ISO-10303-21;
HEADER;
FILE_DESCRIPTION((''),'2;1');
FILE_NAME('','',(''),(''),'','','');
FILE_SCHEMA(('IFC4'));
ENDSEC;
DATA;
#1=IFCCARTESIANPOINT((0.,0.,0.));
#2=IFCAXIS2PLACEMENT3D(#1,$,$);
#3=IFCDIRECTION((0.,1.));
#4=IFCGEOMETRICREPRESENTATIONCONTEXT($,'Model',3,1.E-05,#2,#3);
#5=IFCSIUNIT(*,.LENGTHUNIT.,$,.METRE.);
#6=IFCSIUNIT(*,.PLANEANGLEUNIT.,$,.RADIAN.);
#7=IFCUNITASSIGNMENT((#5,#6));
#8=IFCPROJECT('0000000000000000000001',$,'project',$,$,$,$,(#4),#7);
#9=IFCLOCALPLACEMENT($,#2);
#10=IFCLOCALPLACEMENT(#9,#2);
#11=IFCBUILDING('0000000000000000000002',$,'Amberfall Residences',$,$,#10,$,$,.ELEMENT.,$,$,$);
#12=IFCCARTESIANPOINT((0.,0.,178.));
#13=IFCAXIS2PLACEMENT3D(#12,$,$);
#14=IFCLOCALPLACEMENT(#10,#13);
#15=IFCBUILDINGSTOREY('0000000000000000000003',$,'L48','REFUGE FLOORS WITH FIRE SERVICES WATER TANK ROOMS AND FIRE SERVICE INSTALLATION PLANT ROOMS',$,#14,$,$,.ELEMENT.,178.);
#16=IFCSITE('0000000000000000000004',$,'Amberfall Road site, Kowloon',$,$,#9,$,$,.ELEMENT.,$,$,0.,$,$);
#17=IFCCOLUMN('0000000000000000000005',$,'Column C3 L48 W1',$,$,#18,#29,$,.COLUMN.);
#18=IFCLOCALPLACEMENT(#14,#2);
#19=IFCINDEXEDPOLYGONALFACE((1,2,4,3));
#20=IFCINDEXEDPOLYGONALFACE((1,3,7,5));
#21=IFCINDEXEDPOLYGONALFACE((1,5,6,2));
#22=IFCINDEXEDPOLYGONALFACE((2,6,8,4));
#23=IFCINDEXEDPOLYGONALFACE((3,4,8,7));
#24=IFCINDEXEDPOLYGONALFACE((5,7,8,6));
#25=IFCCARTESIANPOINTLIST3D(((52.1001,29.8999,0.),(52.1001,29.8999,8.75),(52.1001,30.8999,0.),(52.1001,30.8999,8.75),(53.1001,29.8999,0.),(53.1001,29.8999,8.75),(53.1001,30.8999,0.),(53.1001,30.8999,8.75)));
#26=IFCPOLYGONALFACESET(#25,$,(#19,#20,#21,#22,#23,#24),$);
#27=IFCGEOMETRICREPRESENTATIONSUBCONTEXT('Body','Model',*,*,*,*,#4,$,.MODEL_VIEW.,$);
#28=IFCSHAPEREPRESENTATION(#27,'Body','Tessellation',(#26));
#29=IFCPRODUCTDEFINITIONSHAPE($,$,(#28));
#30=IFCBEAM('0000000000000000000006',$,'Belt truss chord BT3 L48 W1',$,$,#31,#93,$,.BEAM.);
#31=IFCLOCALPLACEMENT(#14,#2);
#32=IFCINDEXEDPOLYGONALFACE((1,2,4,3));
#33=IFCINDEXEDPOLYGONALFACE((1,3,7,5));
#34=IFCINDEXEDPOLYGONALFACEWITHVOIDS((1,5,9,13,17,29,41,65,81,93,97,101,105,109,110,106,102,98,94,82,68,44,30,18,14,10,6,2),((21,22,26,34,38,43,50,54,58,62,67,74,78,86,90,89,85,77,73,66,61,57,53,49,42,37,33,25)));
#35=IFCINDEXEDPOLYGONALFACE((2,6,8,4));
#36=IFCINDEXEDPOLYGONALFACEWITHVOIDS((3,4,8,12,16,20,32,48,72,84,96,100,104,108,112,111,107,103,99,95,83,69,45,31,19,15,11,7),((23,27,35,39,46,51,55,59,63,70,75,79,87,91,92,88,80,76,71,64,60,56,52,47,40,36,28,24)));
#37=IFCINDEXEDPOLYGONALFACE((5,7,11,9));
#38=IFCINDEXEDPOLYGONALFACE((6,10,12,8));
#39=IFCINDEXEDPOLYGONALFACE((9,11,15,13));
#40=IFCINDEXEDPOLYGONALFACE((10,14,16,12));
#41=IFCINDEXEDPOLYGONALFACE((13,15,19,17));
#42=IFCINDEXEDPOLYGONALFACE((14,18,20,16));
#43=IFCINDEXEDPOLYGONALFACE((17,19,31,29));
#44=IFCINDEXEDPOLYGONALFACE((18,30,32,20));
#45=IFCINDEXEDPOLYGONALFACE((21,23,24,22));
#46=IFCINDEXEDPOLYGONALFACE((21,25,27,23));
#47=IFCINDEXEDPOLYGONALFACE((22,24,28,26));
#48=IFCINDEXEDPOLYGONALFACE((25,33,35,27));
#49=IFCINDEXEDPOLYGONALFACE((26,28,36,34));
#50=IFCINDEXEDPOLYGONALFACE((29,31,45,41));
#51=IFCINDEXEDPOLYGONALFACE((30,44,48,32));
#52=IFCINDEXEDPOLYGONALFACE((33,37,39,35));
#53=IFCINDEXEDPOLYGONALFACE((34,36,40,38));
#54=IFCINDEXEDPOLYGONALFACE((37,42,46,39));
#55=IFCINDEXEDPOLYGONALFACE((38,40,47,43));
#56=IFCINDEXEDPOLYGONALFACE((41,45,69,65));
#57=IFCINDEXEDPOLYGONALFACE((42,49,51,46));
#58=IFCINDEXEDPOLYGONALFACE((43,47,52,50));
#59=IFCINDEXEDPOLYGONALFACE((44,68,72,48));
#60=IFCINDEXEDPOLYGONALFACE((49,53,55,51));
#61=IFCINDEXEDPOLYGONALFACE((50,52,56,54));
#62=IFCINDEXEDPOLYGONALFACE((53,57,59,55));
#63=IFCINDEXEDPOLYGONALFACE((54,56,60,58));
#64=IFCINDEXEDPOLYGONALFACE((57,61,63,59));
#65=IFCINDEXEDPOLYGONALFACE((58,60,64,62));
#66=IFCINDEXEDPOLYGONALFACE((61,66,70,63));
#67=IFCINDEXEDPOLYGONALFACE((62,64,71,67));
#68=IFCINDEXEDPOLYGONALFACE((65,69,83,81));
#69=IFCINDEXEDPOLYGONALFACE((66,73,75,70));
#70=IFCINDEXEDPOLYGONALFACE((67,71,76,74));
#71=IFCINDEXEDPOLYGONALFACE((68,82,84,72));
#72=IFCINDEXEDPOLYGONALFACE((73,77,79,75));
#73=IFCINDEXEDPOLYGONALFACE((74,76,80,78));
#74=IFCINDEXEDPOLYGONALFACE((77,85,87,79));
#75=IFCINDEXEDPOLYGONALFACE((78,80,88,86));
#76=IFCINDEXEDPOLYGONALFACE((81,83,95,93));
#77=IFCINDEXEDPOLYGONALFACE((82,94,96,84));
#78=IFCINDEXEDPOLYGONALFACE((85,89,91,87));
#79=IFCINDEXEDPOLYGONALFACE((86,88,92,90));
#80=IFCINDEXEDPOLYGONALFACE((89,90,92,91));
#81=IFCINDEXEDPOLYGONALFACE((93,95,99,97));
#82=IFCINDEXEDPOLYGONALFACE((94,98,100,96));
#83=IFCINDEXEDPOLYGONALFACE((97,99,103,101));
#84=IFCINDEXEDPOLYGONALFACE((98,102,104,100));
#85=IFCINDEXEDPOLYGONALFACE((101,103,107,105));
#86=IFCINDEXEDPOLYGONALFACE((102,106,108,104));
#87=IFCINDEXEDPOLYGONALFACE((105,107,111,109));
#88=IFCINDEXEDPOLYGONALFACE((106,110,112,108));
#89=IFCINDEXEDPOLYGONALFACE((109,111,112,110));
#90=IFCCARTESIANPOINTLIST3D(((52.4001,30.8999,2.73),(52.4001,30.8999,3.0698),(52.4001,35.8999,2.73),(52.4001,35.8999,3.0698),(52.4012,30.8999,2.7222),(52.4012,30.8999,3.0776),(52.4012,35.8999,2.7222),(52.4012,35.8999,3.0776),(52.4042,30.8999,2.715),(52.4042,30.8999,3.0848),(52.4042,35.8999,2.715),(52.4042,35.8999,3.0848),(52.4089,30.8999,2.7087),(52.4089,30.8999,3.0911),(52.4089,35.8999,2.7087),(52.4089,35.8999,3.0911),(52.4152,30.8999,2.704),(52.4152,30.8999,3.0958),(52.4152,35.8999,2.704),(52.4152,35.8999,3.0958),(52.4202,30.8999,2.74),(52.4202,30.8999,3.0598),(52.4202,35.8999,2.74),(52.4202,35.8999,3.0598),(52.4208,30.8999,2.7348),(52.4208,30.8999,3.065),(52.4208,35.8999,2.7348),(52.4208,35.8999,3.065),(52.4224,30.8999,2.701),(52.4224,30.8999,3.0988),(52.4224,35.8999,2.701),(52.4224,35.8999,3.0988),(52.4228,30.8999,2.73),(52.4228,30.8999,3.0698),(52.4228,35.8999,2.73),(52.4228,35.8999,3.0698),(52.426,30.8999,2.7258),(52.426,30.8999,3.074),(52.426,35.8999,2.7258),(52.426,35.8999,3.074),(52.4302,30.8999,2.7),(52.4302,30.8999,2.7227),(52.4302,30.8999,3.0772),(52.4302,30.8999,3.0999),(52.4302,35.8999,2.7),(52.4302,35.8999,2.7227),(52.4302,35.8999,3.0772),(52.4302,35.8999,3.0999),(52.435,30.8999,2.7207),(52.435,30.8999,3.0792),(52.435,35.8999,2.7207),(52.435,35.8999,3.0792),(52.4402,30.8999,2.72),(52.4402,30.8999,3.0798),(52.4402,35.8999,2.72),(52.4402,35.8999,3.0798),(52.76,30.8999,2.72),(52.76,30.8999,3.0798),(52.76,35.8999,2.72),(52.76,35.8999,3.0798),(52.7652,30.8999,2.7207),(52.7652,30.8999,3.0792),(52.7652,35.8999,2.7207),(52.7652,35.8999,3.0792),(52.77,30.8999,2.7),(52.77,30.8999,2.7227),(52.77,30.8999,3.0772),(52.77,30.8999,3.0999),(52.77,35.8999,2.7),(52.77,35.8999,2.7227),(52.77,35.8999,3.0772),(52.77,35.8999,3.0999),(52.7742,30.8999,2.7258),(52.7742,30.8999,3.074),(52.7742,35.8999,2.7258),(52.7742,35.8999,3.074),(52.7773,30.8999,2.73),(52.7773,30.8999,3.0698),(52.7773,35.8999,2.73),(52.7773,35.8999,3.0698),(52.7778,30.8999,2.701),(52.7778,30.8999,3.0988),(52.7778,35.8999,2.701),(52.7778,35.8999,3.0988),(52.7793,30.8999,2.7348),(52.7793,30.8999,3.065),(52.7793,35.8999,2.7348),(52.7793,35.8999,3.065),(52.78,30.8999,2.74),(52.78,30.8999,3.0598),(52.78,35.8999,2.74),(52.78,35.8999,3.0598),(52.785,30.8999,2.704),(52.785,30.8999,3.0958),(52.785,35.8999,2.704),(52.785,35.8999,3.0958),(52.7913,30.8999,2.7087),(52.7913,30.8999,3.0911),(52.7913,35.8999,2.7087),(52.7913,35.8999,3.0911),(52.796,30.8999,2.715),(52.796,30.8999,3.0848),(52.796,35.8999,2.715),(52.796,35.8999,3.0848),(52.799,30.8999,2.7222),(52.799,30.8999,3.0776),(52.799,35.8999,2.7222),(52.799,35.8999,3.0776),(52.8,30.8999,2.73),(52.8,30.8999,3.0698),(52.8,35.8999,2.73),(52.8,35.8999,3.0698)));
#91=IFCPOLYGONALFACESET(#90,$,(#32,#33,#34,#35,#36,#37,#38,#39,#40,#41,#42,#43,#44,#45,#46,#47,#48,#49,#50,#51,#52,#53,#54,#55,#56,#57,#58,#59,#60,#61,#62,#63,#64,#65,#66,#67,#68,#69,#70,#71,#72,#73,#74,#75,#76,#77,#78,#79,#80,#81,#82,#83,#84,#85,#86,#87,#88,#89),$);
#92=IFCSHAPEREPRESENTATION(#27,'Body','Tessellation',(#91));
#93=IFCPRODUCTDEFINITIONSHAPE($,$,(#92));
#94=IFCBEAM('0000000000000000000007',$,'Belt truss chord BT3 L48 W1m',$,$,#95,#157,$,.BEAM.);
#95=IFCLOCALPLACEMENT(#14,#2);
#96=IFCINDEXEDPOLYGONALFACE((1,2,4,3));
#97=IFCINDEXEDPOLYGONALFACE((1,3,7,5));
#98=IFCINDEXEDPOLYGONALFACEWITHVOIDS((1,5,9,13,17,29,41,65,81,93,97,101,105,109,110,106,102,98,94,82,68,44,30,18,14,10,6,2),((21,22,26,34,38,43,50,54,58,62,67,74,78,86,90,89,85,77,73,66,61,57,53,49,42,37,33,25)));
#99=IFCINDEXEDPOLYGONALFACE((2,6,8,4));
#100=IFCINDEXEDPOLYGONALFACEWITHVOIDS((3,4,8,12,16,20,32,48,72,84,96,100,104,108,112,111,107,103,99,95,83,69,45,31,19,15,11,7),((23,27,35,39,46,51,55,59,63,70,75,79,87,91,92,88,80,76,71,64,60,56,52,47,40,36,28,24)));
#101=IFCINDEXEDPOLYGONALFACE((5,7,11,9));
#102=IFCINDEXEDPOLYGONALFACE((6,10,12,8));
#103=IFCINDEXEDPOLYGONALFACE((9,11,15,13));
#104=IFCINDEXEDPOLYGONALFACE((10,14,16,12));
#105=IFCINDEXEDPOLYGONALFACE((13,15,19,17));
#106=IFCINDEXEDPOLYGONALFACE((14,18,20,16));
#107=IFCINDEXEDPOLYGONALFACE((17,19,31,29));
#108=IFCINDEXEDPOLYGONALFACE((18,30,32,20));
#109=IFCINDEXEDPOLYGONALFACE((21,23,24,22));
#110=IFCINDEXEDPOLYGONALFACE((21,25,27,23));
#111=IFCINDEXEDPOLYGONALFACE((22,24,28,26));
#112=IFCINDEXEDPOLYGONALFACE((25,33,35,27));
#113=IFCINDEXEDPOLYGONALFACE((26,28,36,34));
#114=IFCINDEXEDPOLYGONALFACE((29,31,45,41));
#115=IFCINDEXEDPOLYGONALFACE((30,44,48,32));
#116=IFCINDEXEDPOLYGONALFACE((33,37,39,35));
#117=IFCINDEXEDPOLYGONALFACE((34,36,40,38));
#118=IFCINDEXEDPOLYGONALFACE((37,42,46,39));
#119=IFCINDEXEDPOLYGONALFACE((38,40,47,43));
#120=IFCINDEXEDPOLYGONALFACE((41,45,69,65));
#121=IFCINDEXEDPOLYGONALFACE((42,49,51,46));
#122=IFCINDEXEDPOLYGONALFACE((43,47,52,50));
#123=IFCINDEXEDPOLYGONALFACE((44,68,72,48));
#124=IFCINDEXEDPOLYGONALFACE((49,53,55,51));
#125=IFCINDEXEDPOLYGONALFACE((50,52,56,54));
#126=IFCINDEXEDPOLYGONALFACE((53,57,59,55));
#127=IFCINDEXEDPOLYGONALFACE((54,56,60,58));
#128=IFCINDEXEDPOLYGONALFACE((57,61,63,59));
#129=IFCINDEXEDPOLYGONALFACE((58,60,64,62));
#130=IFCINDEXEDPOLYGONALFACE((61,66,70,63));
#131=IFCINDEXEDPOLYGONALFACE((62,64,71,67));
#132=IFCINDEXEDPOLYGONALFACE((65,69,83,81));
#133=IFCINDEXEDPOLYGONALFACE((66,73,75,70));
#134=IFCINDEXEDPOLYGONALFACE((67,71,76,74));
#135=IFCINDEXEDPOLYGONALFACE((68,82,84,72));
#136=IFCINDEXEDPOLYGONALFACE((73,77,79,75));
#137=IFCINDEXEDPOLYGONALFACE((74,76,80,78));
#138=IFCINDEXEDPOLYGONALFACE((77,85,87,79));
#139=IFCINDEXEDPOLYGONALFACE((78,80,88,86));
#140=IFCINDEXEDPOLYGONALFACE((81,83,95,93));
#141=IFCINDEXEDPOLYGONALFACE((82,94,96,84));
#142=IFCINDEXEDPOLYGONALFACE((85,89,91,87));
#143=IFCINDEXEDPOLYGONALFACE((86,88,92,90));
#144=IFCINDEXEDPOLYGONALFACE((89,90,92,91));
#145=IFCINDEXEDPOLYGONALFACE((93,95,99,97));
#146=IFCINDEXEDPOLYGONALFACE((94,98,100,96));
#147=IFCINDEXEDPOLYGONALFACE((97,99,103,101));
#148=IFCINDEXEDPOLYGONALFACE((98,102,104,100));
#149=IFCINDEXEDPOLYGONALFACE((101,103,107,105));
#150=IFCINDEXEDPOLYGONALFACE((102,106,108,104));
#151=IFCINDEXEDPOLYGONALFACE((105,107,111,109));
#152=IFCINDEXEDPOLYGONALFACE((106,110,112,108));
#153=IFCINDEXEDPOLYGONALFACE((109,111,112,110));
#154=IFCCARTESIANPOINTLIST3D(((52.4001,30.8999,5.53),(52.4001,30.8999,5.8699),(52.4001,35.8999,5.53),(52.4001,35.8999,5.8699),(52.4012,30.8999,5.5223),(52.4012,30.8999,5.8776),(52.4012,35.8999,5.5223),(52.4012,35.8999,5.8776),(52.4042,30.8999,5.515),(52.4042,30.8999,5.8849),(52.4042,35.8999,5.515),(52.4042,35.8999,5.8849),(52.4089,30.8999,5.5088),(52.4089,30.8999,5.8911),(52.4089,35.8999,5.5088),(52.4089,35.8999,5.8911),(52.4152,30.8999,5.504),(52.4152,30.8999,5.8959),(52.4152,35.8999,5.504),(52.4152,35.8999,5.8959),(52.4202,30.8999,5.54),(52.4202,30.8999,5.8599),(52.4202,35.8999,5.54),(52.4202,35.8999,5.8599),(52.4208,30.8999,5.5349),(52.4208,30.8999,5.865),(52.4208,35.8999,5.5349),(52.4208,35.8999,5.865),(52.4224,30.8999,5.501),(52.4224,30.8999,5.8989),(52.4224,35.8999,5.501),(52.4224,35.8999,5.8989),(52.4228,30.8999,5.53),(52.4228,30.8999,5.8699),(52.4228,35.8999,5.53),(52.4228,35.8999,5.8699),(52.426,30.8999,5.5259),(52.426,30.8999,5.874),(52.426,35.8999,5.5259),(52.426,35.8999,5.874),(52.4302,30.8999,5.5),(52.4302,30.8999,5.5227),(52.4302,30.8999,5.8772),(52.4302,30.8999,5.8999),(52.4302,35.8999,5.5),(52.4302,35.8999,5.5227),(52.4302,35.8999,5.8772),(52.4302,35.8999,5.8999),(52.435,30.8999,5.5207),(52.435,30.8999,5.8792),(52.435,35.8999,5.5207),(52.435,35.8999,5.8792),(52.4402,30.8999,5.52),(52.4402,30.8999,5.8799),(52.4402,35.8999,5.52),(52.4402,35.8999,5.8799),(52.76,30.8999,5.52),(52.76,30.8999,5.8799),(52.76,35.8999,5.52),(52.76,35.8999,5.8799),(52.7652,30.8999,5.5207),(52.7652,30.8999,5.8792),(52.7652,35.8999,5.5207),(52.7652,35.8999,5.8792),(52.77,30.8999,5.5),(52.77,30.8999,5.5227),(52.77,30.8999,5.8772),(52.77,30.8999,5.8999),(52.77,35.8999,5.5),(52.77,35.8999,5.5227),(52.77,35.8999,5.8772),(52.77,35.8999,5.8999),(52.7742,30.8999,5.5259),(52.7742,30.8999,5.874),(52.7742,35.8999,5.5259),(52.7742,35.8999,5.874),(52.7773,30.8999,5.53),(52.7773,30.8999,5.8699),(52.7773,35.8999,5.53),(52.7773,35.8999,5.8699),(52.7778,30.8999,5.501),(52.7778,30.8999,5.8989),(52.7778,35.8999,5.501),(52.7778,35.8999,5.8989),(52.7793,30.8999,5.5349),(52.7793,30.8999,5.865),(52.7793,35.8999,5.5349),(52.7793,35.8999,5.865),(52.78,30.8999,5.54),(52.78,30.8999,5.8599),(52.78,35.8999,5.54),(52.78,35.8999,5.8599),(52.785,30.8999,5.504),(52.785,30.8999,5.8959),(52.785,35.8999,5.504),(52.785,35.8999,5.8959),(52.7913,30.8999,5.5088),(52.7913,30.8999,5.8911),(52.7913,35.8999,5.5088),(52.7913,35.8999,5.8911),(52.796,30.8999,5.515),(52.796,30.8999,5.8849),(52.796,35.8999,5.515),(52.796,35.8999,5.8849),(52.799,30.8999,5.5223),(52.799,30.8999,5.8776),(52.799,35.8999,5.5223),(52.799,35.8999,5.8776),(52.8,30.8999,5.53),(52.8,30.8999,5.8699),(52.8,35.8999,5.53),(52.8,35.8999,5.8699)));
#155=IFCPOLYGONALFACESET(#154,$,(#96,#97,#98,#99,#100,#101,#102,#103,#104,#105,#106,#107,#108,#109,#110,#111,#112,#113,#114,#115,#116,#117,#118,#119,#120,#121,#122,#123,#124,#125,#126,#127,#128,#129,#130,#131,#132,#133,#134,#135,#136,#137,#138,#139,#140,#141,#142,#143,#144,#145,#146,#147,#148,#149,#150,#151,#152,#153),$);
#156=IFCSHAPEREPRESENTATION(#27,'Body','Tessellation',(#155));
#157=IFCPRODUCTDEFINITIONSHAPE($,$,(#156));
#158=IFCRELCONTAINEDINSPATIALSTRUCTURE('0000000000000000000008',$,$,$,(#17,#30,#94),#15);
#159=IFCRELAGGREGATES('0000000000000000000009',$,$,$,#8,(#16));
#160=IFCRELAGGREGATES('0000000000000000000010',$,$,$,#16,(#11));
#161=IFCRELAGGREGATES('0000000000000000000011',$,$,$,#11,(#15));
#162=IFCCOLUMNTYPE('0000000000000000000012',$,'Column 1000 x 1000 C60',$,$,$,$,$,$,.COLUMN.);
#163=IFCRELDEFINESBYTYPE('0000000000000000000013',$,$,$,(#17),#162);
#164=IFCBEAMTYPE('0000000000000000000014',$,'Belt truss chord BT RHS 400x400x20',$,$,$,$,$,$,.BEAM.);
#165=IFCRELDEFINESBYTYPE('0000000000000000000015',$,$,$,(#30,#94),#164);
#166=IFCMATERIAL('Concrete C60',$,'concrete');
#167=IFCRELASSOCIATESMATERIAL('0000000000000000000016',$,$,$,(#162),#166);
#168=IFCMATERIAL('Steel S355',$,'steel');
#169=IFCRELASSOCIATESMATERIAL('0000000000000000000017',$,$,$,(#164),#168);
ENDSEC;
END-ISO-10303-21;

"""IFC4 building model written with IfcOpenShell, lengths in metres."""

from ifc_helpers import new_model, si_unit, direction, frame, origin, origin_2d, place, context, subcontext, project, spatial, rectangle, hollow_rectangle, extrude, material, material_profile, profile_set, type_object, element, save


model = new_model("IFC4")

# Units and contexts
model_context = context("Model", 3, precision=1e-05, world=origin(), true_north=direction((0.0, 1.0)))
body_context = subcontext(model_context, "Body", "Model", "MODEL_VIEW")
ifc_project = project(units=[si_unit("LENGTHUNIT", "METRE"), si_unit("PLANEANGLEUNIT", "RADIAN")], contexts=[model_context])

# Site, building, storey
site_placement = place(None, origin())
site = spatial("IfcSite", under=ifc_project, at=site_placement, Name="Amberfall Road site, Kowloon", CompositionType="ELEMENT", RefElevation=0.0)
building_placement = place(site_placement, origin())
building = spatial("IfcBuilding", under=site, at=building_placement, Name="Amberfall Residences", CompositionType="ELEMENT")
storey_placement = place(building_placement, frame((0.0, 0.0, 178.0)))
storey = spatial("IfcBuildingStorey", under=building, at=storey_placement, Name="L48", Description="REFUGE FLOORS WITH FIRE SERVICES WATER TANK ROOMS AND FIRE SERVICE INSTALLATION PLANT ROOMS", CompositionType="ELEMENT", Elevation=178.0)

# Column
ifc_material_1 = material(Name="Concrete C60", Category="concrete")
ifc_material_profile_1 = material_profile(ifc_material_1, rectangle(XDim=1.0, YDim=1.0, at=origin_2d()), Name="Column 1000 x 1000 C60")
ifc_profile_set_1 = profile_set([ifc_material_profile_1], Name="Concrete C60")
column_type = type_object("IfcColumnType", Name="Column 1000 x 1000 C60", PredefinedType="COLUMN", material=ifc_profile_set_1)
column_placement = place(storey_placement, frame((52.6001, 30.3999, 0.0), z_axis=(0.0, 0.0, 1.0), x_axis=(1.0, 0.0, 0.0)))
element("IfcColumn", 1, at=column_placement, inside=storey, type_object=column_type, Name="Column C3 L48 W1", PredefinedType="COLUMN", context=body_context, shape_type="SweptSolid", body=[
    extrude(rectangle(XDim=1.0, YDim=1.0, at=origin_2d()), origin(), (0.0, 0.0, 1.0), 8.75),
])

# Beams
ifc_material_2 = material(Name="Steel S355", Category="steel")
ifc_material_profile_2 = material_profile(ifc_material_2, hollow_rectangle(XDim=0.3999, YDim=0.3999, WallThickness=0.02, InnerFilletRadius=0.02, OuterFilletRadius=0.03, at=origin_2d()), Name="RHS 400x400x20")
ifc_profile_set_2 = profile_set([ifc_material_profile_2], Name="Steel S355")
beam_type_1 = type_object("IfcBeamType", Name="Belt truss chord BT RHS 400x400x20", PredefinedType="BEAM", material=ifc_profile_set_2)
for number, where, z_axis, x_axis, name in (
    (2, (52.6001, 30.8999, 2.8999), (0.0, 1.0, 0.0), (-1.0, 0.0, 0.0), "Belt truss chord BT3 L48 W1"),
    (3, (52.6001, 30.8999, 5.7), (0.0, 1.0, 0.0), (-1.0, 0.0, 0.0), "Belt truss chord BT3 L48 W1m"),
):
    element("IfcBeam", number, at=place(storey_placement, frame(where, z_axis=z_axis, x_axis=x_axis)), inside=storey, type_object=beam_type_1, Name=name, PredefinedType="BEAM", context=body_context, shape_type="SweptSolid", body=[
        extrude(hollow_rectangle(XDim=0.3999, YDim=0.3999, WallThickness=0.02, InnerFilletRadius=0.02, OuterFilletRadius=0.03, at=origin_2d()), origin(), (0.0, 0.0, 1.0), 5.0),
    ])

save(model, "model.ifc")
